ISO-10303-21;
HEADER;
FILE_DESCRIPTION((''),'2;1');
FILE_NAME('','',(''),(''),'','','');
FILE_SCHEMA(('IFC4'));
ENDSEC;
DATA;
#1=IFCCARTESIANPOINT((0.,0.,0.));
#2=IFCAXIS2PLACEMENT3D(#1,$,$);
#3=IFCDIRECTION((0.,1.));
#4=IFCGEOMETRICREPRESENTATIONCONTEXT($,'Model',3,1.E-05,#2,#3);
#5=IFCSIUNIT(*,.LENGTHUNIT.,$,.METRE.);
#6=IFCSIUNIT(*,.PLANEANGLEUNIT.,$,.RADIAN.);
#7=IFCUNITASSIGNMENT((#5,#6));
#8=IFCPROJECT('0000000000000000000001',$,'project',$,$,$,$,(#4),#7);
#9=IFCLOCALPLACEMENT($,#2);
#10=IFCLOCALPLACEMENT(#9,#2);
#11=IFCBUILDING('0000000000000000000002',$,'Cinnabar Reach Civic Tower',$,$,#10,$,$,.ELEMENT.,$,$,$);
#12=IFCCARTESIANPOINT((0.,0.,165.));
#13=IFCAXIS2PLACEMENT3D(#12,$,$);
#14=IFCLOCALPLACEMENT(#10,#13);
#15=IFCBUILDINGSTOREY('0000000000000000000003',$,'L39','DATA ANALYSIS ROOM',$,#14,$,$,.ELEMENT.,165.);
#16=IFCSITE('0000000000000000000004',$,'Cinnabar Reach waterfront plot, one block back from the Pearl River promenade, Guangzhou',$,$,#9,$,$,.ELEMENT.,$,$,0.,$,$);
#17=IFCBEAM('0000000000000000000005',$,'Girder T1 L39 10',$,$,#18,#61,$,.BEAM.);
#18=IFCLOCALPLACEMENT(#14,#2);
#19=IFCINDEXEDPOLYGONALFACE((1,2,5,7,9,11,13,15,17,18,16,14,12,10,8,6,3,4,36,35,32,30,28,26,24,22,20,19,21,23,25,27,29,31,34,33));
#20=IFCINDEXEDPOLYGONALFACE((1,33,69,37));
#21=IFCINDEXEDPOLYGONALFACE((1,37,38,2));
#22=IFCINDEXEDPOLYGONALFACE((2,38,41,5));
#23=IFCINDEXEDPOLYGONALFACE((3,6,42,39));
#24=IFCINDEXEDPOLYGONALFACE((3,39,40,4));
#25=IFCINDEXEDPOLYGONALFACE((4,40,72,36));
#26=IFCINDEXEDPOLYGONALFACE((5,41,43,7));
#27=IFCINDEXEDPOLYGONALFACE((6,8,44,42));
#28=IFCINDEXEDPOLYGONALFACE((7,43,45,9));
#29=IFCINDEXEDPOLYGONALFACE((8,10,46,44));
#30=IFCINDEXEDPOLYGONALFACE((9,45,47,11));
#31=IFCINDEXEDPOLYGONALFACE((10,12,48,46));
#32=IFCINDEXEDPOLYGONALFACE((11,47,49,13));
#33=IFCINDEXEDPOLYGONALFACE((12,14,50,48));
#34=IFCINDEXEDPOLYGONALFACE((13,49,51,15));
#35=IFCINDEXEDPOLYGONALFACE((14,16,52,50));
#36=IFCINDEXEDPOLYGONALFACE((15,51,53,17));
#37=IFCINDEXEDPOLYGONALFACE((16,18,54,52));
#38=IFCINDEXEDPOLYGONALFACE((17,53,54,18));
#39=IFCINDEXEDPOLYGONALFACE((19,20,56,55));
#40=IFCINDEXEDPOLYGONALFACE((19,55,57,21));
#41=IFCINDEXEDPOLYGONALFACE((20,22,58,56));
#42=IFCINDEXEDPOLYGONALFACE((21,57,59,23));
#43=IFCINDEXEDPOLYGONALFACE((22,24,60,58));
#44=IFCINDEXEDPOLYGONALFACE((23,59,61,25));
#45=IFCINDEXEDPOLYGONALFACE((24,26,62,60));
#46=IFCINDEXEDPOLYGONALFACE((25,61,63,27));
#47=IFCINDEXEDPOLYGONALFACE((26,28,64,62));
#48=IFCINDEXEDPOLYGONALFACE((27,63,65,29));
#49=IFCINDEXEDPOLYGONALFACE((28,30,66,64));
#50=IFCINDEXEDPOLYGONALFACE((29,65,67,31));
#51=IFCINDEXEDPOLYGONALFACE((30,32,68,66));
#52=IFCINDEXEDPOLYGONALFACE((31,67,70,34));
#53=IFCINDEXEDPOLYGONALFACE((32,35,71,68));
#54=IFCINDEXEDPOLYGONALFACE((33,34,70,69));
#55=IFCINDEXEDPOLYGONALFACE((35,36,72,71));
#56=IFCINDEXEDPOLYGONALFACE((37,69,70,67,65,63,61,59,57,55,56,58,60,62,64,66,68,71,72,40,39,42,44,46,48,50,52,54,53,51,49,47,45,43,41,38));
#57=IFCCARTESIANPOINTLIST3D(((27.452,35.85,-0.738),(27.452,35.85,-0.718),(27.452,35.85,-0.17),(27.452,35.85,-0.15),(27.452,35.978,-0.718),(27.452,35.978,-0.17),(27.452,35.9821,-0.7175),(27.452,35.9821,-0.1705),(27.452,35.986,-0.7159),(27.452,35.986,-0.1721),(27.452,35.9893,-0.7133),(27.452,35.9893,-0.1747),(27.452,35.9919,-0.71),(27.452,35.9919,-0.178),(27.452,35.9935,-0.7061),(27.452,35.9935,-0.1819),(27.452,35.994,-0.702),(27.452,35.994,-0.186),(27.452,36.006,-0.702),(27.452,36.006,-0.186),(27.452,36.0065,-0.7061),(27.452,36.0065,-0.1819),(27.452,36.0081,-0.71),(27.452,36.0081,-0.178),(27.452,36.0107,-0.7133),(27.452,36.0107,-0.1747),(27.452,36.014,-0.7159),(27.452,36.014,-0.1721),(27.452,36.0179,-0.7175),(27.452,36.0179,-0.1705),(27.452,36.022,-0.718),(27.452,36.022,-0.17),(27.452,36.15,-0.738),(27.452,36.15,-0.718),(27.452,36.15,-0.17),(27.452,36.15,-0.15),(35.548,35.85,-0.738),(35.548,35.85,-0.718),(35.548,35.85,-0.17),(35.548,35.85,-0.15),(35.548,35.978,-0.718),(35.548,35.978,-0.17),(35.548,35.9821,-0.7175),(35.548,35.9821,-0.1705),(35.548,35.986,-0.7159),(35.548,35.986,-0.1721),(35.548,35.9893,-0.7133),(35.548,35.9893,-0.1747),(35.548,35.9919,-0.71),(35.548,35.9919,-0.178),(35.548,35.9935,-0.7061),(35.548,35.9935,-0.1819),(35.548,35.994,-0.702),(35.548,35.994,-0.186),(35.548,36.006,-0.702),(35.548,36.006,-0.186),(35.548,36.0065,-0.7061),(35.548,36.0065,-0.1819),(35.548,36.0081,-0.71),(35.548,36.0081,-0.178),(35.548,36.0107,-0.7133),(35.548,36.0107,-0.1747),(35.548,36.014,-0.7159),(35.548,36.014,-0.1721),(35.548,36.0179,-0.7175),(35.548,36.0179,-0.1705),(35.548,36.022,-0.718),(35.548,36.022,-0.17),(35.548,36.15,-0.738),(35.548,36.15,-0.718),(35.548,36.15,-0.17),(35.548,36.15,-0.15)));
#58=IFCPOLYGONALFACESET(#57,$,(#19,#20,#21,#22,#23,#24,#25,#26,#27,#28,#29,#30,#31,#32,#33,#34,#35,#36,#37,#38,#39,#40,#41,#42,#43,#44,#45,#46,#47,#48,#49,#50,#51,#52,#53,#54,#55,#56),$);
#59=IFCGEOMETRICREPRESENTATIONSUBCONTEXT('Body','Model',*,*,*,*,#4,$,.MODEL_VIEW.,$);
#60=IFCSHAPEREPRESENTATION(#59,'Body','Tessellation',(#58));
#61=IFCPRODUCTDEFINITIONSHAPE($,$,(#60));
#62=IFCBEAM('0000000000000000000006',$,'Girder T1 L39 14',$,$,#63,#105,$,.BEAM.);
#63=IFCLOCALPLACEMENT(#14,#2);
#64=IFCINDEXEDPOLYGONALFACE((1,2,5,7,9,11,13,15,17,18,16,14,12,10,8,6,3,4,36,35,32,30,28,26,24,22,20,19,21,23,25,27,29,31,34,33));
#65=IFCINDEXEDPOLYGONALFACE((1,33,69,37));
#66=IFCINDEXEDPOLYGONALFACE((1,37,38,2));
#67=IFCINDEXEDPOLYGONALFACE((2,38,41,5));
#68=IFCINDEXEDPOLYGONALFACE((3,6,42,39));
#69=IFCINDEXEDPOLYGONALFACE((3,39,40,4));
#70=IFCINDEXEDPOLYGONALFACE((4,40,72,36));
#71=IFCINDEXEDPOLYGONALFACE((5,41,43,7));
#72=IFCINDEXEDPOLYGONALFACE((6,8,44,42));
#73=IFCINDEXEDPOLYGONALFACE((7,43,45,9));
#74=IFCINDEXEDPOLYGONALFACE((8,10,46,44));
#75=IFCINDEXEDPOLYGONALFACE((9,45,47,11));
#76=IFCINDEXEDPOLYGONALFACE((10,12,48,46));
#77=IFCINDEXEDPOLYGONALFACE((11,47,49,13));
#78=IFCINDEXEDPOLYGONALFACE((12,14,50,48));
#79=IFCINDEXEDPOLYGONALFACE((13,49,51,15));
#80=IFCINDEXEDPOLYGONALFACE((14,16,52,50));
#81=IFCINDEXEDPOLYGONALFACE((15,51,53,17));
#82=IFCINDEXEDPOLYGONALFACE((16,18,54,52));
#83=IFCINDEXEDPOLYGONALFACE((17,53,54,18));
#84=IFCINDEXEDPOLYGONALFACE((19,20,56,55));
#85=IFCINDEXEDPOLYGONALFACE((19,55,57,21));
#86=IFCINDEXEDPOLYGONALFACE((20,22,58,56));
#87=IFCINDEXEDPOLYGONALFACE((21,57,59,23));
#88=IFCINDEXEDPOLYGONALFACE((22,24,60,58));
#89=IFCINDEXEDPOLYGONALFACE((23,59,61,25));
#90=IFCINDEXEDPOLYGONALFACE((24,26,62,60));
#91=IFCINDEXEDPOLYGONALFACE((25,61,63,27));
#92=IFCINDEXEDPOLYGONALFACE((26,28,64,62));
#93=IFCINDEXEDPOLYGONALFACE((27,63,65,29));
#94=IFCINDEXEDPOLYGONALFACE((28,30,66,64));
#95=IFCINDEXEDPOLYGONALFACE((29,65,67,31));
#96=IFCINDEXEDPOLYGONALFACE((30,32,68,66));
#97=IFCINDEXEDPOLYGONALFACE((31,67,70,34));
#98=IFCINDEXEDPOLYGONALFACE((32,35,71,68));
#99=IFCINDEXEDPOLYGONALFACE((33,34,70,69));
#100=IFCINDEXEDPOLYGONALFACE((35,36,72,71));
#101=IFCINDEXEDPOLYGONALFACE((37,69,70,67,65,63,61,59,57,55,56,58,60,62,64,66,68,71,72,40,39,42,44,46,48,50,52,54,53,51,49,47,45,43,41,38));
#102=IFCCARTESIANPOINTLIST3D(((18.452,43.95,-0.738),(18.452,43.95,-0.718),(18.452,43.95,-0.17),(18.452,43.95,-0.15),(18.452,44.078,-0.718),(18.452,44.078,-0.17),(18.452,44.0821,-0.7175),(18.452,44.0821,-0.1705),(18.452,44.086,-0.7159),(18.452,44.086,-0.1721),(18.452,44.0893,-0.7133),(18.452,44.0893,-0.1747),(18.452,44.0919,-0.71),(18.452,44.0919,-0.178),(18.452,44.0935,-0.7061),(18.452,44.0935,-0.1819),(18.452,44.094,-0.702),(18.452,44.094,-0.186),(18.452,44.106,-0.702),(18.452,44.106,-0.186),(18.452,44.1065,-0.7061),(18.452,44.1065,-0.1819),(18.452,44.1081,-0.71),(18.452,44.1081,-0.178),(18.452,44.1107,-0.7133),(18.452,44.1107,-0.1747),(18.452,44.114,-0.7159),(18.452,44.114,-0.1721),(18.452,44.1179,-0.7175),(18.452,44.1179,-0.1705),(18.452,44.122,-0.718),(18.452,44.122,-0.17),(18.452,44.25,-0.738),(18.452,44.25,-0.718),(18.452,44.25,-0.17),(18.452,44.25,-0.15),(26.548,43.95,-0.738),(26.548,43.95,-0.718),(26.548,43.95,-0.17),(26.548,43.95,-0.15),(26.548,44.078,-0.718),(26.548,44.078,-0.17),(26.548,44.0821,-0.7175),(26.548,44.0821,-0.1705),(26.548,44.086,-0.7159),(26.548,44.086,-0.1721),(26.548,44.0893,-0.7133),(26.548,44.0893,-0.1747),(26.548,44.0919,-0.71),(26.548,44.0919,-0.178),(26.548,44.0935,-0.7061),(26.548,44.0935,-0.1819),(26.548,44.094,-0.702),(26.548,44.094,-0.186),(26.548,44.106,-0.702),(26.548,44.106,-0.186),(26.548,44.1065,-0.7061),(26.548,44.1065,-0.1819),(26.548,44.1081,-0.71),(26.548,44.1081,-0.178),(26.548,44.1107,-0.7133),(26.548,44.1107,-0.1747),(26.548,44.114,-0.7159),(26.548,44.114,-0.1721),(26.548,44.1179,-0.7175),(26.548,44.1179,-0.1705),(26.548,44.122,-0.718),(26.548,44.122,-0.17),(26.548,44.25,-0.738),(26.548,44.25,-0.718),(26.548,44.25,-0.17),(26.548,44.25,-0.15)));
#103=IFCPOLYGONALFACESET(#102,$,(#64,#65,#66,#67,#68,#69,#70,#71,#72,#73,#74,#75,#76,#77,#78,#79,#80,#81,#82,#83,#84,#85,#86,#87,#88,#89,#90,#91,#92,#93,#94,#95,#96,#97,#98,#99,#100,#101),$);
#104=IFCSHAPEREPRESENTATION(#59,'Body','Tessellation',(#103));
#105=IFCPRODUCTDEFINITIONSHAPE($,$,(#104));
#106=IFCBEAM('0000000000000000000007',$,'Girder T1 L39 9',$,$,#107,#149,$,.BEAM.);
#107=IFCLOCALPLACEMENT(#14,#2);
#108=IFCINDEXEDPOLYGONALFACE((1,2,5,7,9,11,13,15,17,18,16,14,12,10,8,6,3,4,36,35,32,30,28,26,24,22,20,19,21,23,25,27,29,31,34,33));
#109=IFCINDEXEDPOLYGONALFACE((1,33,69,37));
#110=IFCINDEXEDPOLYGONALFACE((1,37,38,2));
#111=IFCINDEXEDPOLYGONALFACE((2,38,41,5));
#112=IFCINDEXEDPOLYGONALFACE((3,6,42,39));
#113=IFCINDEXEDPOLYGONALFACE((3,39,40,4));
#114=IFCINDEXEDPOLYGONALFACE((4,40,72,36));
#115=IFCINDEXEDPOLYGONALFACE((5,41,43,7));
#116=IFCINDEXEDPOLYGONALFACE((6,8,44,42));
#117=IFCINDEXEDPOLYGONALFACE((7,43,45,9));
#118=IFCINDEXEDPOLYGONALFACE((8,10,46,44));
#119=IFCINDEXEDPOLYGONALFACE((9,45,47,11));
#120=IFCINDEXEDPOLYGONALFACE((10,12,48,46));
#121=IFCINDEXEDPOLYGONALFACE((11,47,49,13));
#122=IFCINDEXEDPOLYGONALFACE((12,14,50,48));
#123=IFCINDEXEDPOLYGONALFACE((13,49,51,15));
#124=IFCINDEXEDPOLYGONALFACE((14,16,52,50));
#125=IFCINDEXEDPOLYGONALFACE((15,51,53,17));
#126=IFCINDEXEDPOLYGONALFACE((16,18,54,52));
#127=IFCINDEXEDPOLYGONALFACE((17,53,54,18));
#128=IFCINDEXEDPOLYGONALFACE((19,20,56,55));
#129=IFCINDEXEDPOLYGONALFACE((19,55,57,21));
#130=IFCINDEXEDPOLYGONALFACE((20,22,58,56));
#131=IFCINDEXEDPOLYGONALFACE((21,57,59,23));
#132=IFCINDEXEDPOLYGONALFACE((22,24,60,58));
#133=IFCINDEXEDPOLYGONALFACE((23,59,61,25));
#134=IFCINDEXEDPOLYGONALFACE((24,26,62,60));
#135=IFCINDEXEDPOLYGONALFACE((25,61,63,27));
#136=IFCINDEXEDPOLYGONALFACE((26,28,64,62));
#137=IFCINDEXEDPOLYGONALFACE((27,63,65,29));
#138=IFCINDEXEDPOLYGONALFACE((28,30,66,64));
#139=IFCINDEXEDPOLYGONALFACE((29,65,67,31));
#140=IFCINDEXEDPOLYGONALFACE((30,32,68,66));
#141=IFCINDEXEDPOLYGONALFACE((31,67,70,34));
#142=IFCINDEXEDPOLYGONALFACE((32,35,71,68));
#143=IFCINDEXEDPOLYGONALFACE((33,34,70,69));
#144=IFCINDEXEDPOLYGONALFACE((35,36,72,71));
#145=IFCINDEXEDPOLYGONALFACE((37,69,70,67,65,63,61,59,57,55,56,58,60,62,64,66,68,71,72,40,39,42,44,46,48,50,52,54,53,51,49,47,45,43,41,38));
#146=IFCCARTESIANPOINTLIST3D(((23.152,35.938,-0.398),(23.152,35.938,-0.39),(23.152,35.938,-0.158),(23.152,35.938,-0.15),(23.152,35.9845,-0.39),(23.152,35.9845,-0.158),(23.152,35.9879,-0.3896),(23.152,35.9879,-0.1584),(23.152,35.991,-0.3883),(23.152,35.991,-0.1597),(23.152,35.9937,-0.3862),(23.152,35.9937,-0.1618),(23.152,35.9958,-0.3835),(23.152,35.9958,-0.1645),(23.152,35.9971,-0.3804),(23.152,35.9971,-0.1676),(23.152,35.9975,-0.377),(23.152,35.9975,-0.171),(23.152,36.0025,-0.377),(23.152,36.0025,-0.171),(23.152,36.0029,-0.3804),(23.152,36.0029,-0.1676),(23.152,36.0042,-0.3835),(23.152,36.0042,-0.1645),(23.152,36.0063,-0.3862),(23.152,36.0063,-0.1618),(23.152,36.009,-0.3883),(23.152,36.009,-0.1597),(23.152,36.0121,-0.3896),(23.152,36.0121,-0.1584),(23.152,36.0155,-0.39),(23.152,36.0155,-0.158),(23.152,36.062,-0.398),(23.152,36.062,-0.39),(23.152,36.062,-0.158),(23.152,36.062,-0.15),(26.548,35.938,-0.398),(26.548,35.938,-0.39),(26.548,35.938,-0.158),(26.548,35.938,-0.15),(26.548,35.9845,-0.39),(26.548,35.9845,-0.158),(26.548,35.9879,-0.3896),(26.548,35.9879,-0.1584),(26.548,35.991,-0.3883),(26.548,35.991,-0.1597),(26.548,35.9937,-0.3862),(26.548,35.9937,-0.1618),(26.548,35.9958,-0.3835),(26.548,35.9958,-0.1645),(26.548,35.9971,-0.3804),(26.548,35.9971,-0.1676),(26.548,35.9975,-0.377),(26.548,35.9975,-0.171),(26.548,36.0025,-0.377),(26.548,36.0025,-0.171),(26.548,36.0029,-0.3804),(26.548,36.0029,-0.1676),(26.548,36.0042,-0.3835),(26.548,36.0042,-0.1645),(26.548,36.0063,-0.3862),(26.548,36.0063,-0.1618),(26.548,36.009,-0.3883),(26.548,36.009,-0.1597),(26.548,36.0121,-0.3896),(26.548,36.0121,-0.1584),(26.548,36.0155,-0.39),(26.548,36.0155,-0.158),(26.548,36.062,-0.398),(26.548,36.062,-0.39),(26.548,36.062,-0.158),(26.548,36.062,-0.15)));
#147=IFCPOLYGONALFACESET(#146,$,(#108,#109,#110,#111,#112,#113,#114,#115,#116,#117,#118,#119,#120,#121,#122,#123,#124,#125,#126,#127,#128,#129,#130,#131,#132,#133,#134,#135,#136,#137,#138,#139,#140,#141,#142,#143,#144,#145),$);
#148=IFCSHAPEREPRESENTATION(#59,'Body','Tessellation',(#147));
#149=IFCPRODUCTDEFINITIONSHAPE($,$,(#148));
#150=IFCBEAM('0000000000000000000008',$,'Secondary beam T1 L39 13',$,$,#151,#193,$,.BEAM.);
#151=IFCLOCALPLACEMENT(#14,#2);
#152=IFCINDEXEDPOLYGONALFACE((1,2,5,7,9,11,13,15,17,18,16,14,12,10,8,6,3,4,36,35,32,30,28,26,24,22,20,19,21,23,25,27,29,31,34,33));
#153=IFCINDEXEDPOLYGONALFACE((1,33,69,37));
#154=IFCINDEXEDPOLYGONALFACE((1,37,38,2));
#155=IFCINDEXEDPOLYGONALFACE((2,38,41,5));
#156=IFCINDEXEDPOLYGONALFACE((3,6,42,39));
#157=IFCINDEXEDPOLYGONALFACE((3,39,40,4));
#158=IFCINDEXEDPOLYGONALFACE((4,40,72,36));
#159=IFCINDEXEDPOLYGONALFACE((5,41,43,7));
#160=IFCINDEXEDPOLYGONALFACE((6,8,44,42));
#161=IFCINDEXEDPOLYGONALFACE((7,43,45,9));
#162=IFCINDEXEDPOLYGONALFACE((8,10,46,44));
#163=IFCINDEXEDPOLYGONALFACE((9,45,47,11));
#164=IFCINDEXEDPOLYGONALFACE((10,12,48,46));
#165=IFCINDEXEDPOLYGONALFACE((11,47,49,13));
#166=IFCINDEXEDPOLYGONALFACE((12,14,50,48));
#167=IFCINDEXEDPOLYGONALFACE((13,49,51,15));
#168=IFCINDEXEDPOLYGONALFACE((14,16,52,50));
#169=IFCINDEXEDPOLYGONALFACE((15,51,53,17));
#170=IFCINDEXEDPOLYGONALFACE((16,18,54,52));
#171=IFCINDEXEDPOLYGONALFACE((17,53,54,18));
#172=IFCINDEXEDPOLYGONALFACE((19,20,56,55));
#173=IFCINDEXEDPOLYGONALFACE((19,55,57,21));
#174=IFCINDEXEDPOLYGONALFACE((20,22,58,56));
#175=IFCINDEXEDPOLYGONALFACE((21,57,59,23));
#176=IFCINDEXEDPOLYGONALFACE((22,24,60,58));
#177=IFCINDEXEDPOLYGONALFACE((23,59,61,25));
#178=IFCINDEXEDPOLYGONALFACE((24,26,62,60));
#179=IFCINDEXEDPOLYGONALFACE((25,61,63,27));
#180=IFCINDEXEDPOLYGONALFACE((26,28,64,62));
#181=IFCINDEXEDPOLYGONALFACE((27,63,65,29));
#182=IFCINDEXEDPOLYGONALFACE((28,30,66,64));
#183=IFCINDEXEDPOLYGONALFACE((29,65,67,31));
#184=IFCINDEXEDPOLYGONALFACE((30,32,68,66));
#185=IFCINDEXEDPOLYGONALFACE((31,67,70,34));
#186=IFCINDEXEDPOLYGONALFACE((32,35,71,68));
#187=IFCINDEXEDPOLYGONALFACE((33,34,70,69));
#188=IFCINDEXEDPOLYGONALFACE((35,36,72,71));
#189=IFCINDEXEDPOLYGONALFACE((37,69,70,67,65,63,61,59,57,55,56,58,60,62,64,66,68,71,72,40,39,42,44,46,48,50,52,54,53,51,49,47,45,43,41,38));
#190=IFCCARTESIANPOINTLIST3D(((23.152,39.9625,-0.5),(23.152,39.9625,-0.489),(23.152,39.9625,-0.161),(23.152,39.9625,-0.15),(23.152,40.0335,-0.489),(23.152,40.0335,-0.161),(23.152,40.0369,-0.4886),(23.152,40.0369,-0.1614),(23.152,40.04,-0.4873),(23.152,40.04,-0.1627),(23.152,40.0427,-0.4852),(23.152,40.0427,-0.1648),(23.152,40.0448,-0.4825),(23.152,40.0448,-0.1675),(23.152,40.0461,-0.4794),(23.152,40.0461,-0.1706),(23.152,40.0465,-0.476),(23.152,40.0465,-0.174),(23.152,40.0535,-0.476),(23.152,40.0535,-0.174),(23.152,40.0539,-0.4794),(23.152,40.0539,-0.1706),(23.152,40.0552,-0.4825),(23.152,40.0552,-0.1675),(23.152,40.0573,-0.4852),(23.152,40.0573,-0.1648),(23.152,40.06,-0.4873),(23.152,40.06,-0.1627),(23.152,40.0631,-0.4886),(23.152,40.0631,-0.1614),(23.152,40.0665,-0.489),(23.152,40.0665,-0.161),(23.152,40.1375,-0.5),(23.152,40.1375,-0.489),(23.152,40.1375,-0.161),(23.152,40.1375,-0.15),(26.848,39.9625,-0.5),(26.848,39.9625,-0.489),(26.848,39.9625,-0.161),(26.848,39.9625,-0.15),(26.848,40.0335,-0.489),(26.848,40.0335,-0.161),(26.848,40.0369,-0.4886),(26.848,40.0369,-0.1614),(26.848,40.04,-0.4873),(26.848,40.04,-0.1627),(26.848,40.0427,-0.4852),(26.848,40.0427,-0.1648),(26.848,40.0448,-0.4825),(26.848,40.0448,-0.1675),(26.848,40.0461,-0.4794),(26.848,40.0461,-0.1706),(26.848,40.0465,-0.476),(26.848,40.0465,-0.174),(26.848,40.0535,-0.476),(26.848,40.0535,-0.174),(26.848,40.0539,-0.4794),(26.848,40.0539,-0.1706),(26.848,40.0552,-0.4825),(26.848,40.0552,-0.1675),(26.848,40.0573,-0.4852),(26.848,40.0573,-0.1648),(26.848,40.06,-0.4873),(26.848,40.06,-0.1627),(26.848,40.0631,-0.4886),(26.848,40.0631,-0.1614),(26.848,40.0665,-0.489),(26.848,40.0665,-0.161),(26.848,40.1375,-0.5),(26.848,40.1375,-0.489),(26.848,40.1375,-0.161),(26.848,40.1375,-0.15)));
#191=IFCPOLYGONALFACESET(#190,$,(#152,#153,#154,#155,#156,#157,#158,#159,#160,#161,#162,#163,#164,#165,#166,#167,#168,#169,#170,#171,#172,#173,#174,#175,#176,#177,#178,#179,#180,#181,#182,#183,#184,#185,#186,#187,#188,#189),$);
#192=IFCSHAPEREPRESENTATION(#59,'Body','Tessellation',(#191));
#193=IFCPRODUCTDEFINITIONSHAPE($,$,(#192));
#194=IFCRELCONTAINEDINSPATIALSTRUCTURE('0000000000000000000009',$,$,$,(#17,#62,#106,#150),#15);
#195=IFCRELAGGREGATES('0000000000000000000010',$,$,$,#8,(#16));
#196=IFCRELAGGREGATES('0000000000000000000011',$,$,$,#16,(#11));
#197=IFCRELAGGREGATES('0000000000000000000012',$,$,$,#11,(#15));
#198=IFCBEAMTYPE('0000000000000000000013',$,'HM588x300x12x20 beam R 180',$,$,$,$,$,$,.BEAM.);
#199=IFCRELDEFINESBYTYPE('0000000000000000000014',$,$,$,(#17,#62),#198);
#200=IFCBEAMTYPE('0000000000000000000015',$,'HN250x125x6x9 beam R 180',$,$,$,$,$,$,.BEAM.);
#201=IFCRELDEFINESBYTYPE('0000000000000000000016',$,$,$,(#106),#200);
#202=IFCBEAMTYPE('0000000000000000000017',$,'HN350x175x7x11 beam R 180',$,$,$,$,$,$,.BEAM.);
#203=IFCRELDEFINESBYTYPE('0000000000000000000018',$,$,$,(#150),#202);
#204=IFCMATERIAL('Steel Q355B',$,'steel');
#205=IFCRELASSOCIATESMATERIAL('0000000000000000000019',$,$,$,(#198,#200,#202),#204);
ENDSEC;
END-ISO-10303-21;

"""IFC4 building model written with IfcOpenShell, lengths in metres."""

from ifc_helpers import new_model, si_unit, direction, frame, origin, origin_2d, place, context, subcontext, project, spatial, i_section, extrude, material, material_profile, profile_set, type_object, element, save


model = new_model("IFC4")

# Units and contexts
model_context = context("Model", 3, precision=1e-05, world=origin(), true_north=direction((0.0, 1.0)))
body_context = subcontext(model_context, "Body", "Model", "MODEL_VIEW")
ifc_project = project(units=[si_unit("LENGTHUNIT", "METRE"), si_unit("PLANEANGLEUNIT", "RADIAN")], contexts=[model_context])

# Site, building, storey
site_placement = place(None, origin())
site = spatial("IfcSite", under=ifc_project, at=site_placement, Name="Cinnabar Reach waterfront plot, one block back from the Pearl River promenade, Guangzhou", CompositionType="ELEMENT", RefElevation=0.0)
building_placement = place(site_placement, origin())
building = spatial("IfcBuilding", under=site, at=building_placement, Name="Cinnabar Reach Civic Tower", CompositionType="ELEMENT")
storey_placement = place(building_placement, frame((0.0, 0.0, 165.0)))
storey = spatial("IfcBuildingStorey", under=building, at=storey_placement, Name="L39", Description="DATA ANALYSIS ROOM", CompositionType="ELEMENT", Elevation=165.0)

# Beams
ifc_material_1 = material(Name="Steel Q355B", Category="steel")
ifc_material_profile_1 = material_profile(ifc_material_1, i_section(OverallWidth=0.3, OverallDepth=0.588, WebThickness=0.012, FlangeThickness=0.02, FilletRadius=0.016, at=origin_2d()), Name="HM588x300x12x20")
ifc_profile_set_1 = profile_set([ifc_material_profile_1], Name="Steel Q355B")
beam_type_1 = type_object("IfcBeamType", Name="HM588x300x12x20 beam R 180", PredefinedType="BEAM", material=ifc_profile_set_1)
for number, where, z_axis, x_axis, name in (
    (1, (27.452, 36.0, -0.444), (1.0, 0.0, 0.0), (0.0, 1.0, 0.0), "Girder T1 L39 10"),
    (2, (18.452, 44.1, -0.444), (1.0, 0.0, 0.0), (0.0, 1.0, 0.0), "Girder T1 L39 14"),
):
    element("IfcBeam", number, at=place(storey_placement, frame(where, z_axis=z_axis, x_axis=x_axis)), inside=storey, type_object=beam_type_1, Name=name, PredefinedType="BEAM", context=body_context, shape_type="SweptSolid", body=[
        extrude(i_section(OverallWidth=0.3, OverallDepth=0.588, WebThickness=0.012, FlangeThickness=0.02, FilletRadius=0.016, at=origin_2d()), origin(), (0.0, 0.0, 1.0), 8.096),
    ])
ifc_material_profile_2 = material_profile(ifc_material_1, i_section(OverallWidth=0.124, OverallDepth=0.248, WebThickness=0.005, FlangeThickness=0.008, FilletRadius=0.013, at=origin_2d()), Name="HN250x125x6x9")
ifc_profile_set_2 = profile_set([ifc_material_profile_2], Name="Steel Q355B")
beam_type_2 = type_object("IfcBeamType", Name="HN250x125x6x9 beam R 180", PredefinedType="BEAM", material=ifc_profile_set_2)
beam_1_placement = place(storey_placement, frame((23.152, 36.0, -0.274), z_axis=(1.0, 0.0, 0.0), x_axis=(0.0, 1.0, 0.0)))
element("IfcBeam", 3, at=beam_1_placement, inside=storey, type_object=beam_type_2, Name="Girder T1 L39 9", PredefinedType="BEAM", context=body_context, shape_type="SweptSolid", body=[
    extrude(i_section(OverallWidth=0.124, OverallDepth=0.248, WebThickness=0.005, FlangeThickness=0.008, FilletRadius=0.013, at=origin_2d()), origin(), (0.0, 0.0, 1.0), 3.396),
])
ifc_material_profile_3 = material_profile(ifc_material_1, i_section(OverallWidth=0.175, OverallDepth=0.35, WebThickness=0.007, FlangeThickness=0.011, FilletRadius=0.013, at=origin_2d()), Name="HN350x175x7x11")
ifc_profile_set_3 = profile_set([ifc_material_profile_3], Name="Steel Q355B")
beam_type_3 = type_object("IfcBeamType", Name="HN350x175x7x11 beam R 180", PredefinedType="BEAM", material=ifc_profile_set_3)
beam_2_placement = place(storey_placement, frame((23.152, 40.05, -0.325), z_axis=(1.0, 0.0, 0.0), x_axis=(0.0, 1.0, 0.0)))
element("IfcBeam", 4, at=beam_2_placement, inside=storey, type_object=beam_type_3, Name="Secondary beam T1 L39 13", PredefinedType="BEAM", context=body_context, shape_type="SweptSolid", body=[
    extrude(i_section(OverallWidth=0.175, OverallDepth=0.35, WebThickness=0.007, FlangeThickness=0.011, FilletRadius=0.013, at=origin_2d()), origin(), (0.0, 0.0, 1.0), 3.696),
])

save(model, "model.ifc")
